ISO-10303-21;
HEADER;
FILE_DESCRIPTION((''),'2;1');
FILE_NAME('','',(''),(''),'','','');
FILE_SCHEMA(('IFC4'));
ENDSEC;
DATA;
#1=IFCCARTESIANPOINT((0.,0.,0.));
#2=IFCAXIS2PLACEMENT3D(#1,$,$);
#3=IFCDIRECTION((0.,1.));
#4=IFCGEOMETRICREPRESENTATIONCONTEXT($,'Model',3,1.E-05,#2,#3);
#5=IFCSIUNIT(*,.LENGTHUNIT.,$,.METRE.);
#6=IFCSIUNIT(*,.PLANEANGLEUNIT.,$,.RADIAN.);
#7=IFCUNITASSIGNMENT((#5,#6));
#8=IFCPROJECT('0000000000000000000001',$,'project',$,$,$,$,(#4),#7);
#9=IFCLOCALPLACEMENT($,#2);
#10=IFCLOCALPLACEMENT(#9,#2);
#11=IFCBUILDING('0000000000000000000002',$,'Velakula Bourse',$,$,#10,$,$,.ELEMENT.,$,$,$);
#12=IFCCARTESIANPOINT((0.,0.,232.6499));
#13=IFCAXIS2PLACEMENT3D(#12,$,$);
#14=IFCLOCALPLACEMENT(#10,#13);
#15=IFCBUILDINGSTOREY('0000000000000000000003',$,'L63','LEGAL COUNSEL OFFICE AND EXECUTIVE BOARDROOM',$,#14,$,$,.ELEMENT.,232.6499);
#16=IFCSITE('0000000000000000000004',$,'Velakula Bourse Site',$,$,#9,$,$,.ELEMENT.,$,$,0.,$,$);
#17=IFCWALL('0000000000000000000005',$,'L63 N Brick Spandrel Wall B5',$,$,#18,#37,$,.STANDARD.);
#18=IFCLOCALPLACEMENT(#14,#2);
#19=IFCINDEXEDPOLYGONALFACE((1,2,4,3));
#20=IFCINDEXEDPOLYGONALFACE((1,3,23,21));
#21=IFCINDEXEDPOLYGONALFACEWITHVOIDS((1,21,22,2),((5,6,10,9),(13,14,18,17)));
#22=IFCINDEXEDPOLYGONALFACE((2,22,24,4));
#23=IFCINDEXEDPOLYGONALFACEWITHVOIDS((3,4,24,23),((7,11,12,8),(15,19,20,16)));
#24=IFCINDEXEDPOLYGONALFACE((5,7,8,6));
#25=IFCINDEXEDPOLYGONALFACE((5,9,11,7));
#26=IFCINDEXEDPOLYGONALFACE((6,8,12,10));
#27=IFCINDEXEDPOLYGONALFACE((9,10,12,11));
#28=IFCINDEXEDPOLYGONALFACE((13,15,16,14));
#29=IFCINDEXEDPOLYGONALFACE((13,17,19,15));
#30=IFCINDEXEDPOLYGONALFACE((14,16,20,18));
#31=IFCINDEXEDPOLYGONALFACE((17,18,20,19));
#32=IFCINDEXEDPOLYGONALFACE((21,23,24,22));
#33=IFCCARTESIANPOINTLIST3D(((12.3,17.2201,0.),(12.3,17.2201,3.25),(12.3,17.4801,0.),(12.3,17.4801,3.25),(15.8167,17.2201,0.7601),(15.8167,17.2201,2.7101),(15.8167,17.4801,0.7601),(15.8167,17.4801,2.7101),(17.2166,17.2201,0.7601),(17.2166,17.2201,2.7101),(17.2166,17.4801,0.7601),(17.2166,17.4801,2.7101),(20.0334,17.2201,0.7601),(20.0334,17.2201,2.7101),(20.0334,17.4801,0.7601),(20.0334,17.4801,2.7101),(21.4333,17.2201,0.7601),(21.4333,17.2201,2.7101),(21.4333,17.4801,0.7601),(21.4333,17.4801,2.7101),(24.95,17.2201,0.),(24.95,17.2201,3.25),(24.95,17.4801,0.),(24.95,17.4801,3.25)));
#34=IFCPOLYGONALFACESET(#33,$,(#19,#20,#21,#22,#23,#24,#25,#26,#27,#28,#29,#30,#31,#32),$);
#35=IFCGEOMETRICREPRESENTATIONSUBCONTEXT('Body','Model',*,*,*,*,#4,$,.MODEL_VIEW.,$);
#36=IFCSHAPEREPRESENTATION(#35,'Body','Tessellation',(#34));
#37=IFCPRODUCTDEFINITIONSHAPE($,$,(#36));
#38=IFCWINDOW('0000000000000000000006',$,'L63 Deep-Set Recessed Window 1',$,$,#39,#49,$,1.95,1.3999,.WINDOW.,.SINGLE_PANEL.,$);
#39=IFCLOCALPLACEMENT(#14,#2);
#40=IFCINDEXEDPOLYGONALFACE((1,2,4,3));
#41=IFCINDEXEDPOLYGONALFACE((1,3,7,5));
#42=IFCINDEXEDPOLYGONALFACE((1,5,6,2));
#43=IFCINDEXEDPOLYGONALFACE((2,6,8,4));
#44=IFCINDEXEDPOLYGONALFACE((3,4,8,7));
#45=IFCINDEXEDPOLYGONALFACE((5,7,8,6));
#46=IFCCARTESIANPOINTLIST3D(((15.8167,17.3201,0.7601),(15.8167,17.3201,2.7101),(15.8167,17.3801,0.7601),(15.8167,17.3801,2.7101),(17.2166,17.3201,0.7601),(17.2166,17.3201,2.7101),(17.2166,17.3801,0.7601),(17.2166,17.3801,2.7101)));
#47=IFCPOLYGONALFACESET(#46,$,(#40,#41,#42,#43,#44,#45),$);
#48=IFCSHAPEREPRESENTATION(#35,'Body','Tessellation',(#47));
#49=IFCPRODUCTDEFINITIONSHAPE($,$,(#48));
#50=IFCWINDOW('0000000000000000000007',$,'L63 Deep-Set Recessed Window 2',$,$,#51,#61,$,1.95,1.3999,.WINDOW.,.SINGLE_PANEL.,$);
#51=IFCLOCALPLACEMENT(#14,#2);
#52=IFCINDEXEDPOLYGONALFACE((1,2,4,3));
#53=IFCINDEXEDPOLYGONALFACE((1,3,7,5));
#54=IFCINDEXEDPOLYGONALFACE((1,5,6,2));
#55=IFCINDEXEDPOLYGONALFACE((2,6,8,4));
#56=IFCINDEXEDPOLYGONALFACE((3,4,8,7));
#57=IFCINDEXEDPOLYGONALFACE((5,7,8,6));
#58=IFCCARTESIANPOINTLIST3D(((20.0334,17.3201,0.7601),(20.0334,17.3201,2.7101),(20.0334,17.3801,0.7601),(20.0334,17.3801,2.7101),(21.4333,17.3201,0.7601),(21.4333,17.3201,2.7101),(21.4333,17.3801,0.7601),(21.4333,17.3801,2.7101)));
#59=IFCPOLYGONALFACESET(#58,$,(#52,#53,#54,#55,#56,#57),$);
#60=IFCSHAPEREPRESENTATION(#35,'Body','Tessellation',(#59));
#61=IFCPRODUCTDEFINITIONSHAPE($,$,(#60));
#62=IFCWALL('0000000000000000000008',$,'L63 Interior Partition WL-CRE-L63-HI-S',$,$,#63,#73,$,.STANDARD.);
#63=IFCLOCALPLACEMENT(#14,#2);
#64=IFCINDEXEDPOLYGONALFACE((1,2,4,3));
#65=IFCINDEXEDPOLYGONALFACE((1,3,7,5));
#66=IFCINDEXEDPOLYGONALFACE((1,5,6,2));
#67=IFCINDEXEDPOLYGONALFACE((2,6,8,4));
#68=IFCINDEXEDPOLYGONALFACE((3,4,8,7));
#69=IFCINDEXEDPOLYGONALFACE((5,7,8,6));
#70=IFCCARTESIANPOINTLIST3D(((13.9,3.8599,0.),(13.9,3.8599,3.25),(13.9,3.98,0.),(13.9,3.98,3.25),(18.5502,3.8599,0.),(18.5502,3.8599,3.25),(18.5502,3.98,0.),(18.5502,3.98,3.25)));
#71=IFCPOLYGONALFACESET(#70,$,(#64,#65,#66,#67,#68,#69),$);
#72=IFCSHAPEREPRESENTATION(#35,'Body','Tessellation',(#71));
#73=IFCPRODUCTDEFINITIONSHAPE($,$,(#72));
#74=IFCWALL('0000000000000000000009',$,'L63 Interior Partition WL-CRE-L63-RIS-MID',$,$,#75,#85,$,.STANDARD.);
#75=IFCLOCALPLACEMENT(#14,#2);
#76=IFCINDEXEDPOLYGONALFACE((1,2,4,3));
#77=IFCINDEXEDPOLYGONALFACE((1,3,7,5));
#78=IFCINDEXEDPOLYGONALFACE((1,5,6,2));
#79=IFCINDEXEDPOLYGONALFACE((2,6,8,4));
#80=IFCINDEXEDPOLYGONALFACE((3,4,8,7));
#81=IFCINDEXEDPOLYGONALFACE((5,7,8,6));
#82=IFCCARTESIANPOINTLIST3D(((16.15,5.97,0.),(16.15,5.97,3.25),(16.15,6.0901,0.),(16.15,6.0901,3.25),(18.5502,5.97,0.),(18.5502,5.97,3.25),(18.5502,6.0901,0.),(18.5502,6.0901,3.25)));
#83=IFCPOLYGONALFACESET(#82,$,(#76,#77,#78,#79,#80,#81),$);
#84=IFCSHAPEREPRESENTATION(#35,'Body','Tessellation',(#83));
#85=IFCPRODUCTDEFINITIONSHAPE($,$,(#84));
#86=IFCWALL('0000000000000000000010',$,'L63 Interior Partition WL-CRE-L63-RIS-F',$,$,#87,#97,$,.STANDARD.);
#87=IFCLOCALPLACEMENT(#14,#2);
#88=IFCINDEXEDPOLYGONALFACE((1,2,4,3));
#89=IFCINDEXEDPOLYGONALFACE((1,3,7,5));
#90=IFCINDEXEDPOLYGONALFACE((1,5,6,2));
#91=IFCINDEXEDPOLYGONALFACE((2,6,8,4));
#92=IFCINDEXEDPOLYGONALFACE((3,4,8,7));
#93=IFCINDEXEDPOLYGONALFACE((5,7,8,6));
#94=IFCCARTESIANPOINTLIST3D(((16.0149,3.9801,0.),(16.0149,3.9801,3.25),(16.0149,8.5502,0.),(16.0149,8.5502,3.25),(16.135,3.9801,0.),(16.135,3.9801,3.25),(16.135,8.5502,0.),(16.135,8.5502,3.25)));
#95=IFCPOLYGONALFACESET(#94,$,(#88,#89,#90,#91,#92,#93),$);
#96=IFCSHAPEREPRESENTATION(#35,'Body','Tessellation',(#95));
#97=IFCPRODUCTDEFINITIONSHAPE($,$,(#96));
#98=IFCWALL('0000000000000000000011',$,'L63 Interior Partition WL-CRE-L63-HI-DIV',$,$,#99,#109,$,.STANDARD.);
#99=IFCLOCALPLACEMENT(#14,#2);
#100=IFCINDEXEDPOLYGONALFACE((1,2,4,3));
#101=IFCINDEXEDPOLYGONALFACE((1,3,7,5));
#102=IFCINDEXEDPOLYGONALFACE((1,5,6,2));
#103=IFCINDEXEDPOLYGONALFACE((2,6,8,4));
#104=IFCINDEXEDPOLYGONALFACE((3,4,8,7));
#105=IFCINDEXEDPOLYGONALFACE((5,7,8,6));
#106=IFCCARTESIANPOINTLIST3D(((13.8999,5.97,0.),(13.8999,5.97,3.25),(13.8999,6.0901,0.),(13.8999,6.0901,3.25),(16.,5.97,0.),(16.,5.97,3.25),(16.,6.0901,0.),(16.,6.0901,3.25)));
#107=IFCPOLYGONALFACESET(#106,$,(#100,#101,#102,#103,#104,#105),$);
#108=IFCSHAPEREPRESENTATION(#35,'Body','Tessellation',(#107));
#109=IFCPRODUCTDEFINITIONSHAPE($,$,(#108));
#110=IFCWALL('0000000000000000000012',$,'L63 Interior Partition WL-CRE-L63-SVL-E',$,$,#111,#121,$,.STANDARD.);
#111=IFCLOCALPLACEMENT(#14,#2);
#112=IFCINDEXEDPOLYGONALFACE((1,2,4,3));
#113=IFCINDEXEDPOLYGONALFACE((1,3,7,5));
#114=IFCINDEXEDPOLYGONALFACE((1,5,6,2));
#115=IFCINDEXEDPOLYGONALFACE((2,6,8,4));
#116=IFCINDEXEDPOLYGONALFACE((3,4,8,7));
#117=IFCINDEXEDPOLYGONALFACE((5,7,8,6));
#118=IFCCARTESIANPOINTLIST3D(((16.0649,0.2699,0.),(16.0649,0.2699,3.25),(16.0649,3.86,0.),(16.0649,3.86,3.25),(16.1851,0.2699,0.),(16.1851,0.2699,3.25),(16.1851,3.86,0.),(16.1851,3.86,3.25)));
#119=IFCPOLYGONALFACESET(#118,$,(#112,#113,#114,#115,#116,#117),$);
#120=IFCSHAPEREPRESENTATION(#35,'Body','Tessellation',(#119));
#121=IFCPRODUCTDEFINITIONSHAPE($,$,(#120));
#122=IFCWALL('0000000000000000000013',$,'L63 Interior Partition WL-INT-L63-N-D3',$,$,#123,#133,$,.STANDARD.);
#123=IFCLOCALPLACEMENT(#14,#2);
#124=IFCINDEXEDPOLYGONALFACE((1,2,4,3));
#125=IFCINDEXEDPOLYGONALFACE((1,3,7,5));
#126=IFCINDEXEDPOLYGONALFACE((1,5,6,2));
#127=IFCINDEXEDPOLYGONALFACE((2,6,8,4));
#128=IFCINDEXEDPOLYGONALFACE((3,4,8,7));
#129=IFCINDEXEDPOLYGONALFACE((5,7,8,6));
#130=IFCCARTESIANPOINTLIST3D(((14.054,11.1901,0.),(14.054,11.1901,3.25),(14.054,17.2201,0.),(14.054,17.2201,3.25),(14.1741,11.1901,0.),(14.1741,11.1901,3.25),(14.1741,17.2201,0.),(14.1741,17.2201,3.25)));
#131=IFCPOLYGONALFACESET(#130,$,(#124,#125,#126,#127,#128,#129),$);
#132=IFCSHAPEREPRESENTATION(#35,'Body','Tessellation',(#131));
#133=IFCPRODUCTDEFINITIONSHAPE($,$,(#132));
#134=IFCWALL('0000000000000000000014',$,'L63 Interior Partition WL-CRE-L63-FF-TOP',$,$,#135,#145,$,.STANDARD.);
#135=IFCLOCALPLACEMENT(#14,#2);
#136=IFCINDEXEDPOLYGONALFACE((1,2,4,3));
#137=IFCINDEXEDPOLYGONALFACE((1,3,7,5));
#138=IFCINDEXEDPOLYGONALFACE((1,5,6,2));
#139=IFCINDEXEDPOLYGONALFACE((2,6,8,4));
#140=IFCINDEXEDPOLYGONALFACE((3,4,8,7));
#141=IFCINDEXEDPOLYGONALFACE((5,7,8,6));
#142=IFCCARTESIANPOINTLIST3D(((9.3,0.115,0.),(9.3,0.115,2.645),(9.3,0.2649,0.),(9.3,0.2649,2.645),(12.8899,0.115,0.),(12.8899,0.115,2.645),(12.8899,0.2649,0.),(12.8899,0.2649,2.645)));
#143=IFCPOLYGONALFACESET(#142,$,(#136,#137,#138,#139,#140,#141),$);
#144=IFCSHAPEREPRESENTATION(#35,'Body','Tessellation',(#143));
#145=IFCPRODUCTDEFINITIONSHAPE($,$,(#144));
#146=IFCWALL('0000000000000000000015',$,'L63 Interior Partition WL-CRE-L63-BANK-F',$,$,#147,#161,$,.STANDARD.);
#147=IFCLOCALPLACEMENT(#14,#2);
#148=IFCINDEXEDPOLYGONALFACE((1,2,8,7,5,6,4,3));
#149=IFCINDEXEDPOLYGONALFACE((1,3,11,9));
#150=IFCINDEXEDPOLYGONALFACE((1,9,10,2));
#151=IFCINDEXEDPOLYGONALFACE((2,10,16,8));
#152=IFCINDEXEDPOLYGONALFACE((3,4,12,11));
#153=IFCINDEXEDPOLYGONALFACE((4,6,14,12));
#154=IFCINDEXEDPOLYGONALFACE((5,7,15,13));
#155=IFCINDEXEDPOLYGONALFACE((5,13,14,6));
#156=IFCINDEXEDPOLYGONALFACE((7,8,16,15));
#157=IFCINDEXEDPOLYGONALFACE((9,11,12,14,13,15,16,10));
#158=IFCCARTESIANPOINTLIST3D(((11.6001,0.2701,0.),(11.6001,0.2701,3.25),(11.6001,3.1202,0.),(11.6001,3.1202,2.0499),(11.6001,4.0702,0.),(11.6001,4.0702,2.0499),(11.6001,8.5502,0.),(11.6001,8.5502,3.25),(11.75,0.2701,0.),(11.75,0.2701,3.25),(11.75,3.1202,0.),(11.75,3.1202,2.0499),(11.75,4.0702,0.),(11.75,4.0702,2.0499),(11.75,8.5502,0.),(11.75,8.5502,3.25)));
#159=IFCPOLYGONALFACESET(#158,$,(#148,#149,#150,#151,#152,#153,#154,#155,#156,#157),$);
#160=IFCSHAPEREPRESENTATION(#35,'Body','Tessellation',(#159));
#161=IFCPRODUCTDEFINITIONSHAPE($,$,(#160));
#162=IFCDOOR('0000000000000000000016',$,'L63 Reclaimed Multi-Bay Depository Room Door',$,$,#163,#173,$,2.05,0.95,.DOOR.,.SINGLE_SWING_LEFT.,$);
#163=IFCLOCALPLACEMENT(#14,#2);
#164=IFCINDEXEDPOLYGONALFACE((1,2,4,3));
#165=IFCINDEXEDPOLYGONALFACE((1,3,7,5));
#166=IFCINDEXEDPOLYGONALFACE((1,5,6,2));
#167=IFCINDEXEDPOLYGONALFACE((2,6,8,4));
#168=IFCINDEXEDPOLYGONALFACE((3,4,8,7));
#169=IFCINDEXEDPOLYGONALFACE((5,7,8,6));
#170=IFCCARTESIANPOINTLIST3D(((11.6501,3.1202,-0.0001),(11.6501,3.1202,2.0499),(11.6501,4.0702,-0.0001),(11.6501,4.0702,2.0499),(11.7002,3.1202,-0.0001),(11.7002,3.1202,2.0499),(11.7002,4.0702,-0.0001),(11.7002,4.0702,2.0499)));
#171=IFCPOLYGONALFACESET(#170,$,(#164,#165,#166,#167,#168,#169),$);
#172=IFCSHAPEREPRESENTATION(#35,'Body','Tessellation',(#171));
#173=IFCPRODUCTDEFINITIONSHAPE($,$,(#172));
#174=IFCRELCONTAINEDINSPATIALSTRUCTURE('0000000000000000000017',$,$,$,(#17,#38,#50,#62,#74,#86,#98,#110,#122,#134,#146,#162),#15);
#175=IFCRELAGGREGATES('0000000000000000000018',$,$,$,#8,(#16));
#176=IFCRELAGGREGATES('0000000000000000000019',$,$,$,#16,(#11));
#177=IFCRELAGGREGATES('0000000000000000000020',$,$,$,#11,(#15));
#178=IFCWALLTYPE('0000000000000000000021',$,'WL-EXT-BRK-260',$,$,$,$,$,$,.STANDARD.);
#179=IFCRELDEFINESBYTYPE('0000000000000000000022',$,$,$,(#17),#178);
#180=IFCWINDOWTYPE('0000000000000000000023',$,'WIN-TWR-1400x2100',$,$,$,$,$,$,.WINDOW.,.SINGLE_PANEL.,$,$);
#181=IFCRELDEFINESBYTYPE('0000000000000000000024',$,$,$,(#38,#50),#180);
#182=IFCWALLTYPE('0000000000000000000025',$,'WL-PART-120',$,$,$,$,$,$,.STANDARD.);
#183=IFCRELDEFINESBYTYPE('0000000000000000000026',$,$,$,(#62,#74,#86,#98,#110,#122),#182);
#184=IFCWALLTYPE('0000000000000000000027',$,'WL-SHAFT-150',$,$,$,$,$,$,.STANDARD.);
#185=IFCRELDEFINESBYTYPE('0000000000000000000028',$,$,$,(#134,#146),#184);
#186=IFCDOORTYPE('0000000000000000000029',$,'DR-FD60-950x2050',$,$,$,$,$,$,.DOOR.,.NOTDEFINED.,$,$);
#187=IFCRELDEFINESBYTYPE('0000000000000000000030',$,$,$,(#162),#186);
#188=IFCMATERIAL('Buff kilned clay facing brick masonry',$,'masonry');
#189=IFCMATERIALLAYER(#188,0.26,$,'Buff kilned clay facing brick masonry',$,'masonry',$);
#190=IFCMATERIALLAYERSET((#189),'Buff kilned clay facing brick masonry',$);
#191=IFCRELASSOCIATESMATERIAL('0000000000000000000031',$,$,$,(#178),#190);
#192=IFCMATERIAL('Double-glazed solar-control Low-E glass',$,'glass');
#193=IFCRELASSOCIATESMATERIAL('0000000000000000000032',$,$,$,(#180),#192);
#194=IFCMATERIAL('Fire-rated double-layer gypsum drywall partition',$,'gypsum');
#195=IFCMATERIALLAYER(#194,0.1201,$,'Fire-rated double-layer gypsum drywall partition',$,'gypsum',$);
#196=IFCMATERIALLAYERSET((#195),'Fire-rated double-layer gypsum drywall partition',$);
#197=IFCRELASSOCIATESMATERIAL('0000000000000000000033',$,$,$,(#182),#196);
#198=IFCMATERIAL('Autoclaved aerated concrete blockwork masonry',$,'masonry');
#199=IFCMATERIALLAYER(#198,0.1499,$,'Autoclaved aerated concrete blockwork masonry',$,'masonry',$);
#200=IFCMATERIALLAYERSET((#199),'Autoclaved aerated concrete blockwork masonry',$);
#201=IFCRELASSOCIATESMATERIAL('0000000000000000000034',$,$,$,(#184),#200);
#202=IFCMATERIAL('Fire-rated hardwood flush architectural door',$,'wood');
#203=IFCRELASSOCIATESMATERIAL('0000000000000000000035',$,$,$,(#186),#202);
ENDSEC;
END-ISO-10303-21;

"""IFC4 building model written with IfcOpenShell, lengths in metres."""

from ifc_helpers import new_model, si_unit, direction, frame, frame_2d, origin, place, context, subcontext, project, spatial, rectangle, extrude, material, layer, layer_set, type_object, element, fill, save


model = new_model("IFC4")

# Units and contexts
model_context = context("Model", 3, precision=1e-05, world=origin(), true_north=direction((0.0, 1.0)))
body_context = subcontext(model_context, "Body", "Model", "MODEL_VIEW")
ifc_project = project(units=[si_unit("LENGTHUNIT", "METRE"), si_unit("PLANEANGLEUNIT", "RADIAN")], contexts=[model_context])

# Site, building, storey
site_placement = place(None, origin())
site = spatial("IfcSite", under=ifc_project, at=site_placement, Name="Velakula Bourse Site", CompositionType="ELEMENT", RefElevation=0.0)
building_placement = place(site_placement, origin())
building = spatial("IfcBuilding", under=site, at=building_placement, Name="Velakula Bourse", CompositionType="ELEMENT")
storey_placement = place(building_placement, frame((0.0, 0.0, 232.6499)))
storey = spatial("IfcBuildingStorey", under=building, at=storey_placement, Name="L63", Description="LEGAL COUNSEL OFFICE AND EXECUTIVE BOARDROOM", CompositionType="ELEMENT", Elevation=232.6499)

# Wall, openings, windows
ifc_material_1 = material(Name="Buff kilned clay facing brick masonry", Category="masonry")
ifc_layer_1 = layer(ifc_material_1, 0.26, Name="Buff kilned clay facing brick masonry", Category="masonry")
ifc_layer_set_1 = layer_set([ifc_layer_1], Name="Buff kilned clay facing brick masonry")
wall_type_1 = type_object("IfcWallType", Name="WL-EXT-BRK-260", PredefinedType="STANDARD", material=ifc_layer_set_1)
wall_1_placement = place(storey_placement, frame((12.3, 17.3501, 0.0), z_axis=(0.0, 0.0, 1.0), x_axis=(1.0, 0.0, 0.0)))
wall_1 = element("IfcWall", 1, at=wall_1_placement, inside=storey, type_object=wall_type_1, Name="L63 N Brick Spandrel Wall B5", PredefinedType="STANDARD", context=body_context, shape_type="SweptSolid", body=[
    extrude(rectangle(XDim=12.6499, YDim=0.26, at=frame_2d((6.325, 0.0))), origin(), (0.0, 0.0, 1.0), 3.25),
])
opening_1_placement = place(wall_1_placement, frame((3.5166, 0.0, 0.76)))
opening_1 = element("IfcOpeningElement", 2, at=opening_1_placement, cuts=wall_1, PredefinedType="OPENING", context=body_context, shape_type="SweptSolid", body=[
    extrude(rectangle(XDim=1.3999, YDim=1.95, at=frame_2d((0.7, 0.9751))), frame((0.0, 0.1399, 0.0), z_axis=(0.0, -1.0, 0.0), x_axis=(1.0, 0.0, 0.0)), (0.0, 0.0, 1.0), 0.28),
])
opening_2_placement = place(wall_1_placement, frame((7.7334, 0.0, 0.76)))
opening_2 = element("IfcOpeningElement", 3, at=opening_2_placement, cuts=wall_1, PredefinedType="OPENING", context=body_context, shape_type="SweptSolid", body=[
    extrude(rectangle(XDim=1.3999, YDim=1.95, at=frame_2d((0.7, 0.9751))), frame((0.0, 0.1399, 0.0), z_axis=(0.0, -1.0, 0.0), x_axis=(1.0, 0.0, 0.0)), (0.0, 0.0, 1.0), 0.28),
])
ifc_material_2 = material(Name="Double-glazed solar-control Low-E glass", Category="glass")
window_type = type_object("IfcWindowType", Name="WIN-TWR-1400x2100", PartitioningType="SINGLE_PANEL", PredefinedType="WINDOW", material=ifc_material_2)
window_1_placement = place(opening_1_placement, origin())
window_1 = element("IfcWindow", 4, at=window_1_placement, inside=storey, type_object=window_type, Name="L63 Deep-Set Recessed Window 1", OverallHeight=1.95, OverallWidth=1.3999, PartitioningType="SINGLE_PANEL", PredefinedType="WINDOW", context=body_context, shape_type="SweptSolid", body=[
    extrude(rectangle(XDim=1.3999, YDim=1.95, at=frame_2d((0.7, 0.9751))), frame((0.0, 0.03, 0.0), z_axis=(0.0, -1.0, 0.0), x_axis=(1.0, 0.0, 0.0)), (0.0, 0.0, 1.0), 0.0601),
])
fill(opening_1, window_1)
window_2_placement = place(opening_2_placement, origin())
window_2 = element("IfcWindow", 5, at=window_2_placement, inside=storey, type_object=window_type, Name="L63 Deep-Set Recessed Window 2", OverallHeight=1.95, OverallWidth=1.3999, PartitioningType="SINGLE_PANEL", PredefinedType="WINDOW", context=body_context, shape_type="SweptSolid", body=[
    extrude(rectangle(XDim=1.3999, YDim=1.95, at=frame_2d((0.7, 0.9751))), frame((0.0, 0.03, 0.0), z_axis=(0.0, -1.0, 0.0), x_axis=(1.0, 0.0, 0.0)), (0.0, 0.0, 1.0), 0.0601),
])
fill(opening_2, window_2)

# Walls
ifc_material_3 = material(Name="Fire-rated double-layer gypsum drywall partition", Category="gypsum")
ifc_layer_2 = layer(ifc_material_3, 0.1201, Name="Fire-rated double-layer gypsum drywall partition", Category="gypsum")
ifc_layer_set_2 = layer_set([ifc_layer_2], Name="Fire-rated double-layer gypsum drywall partition")
wall_type_2 = type_object("IfcWallType", Name="WL-PART-120", PredefinedType="STANDARD", material=ifc_layer_set_2)
wall_2_placement = place(storey_placement, frame((13.8999, 3.9199, 0.0), z_axis=(0.0, 0.0, 1.0), x_axis=(1.0, 0.0, 0.0)))
element("IfcWall", 6, at=wall_2_placement, inside=storey, type_object=wall_type_2, Name="L63 Interior Partition WL-CRE-L63-HI-S", PredefinedType="STANDARD", context=body_context, shape_type="SweptSolid", body=[
    extrude(rectangle(XDim=4.6501, YDim=0.1201, at=frame_2d((2.3252, 0.0))), origin(), (0.0, 0.0, 1.0), 3.25),
])
wall_3_placement = place(storey_placement, frame((16.1499, 6.03, 0.0), z_axis=(0.0, 0.0, 1.0), x_axis=(1.0, 0.0, 0.0)))
element("IfcWall", 7, at=wall_3_placement, inside=storey, type_object=wall_type_2, Name="L63 Interior Partition WL-CRE-L63-RIS-MID", PredefinedType="STANDARD", context=body_context, shape_type="SweptSolid", body=[
    extrude(rectangle(XDim=2.4001, YDim=0.1201, at=frame_2d((1.2002, 0.0))), origin(), (0.0, 0.0, 1.0), 3.25),
])
wall_4_placement = place(storey_placement, frame((16.075, 3.98, 0.0), z_axis=(0.0, 0.0, 1.0), x_axis=(0.0, 1.0, 0.0)))
element("IfcWall", 8, at=wall_4_placement, inside=storey, type_object=wall_type_2, Name="L63 Interior Partition WL-CRE-L63-RIS-F", PredefinedType="STANDARD", context=body_context, shape_type="SweptSolid", body=[
    extrude(rectangle(XDim=4.5701, YDim=0.1201, at=frame_2d((2.2852, 0.0))), origin(), (0.0, 0.0, 1.0), 3.25),
])
wall_5_placement = place(storey_placement, frame((13.8999, 6.03, 0.0), z_axis=(0.0, 0.0, 1.0), x_axis=(1.0, 0.0, 0.0)))
element("IfcWall", 9, at=wall_5_placement, inside=storey, type_object=wall_type_2, Name="L63 Interior Partition WL-CRE-L63-HI-DIV", PredefinedType="STANDARD", context=body_context, shape_type="SweptSolid", body=[
    extrude(rectangle(XDim=2.1001, YDim=0.1201, at=frame_2d((1.05, 0.0))), origin(), (0.0, 0.0, 1.0), 3.25),
])
wall_6_placement = place(storey_placement, frame((16.125, 0.27, 0.0), z_axis=(0.0, 0.0, 1.0), x_axis=(0.0, 1.0, 0.0)))
element("IfcWall", 10, at=wall_6_placement, inside=storey, type_object=wall_type_2, Name="L63 Interior Partition WL-CRE-L63-SVL-E", PredefinedType="STANDARD", context=body_context, shape_type="SweptSolid", body=[
    extrude(rectangle(XDim=3.5901, YDim=0.1201, at=frame_2d((1.7949, 0.0))), origin(), (0.0, 0.0, 1.0), 3.25),
])
wall_7_placement = place(storey_placement, frame((14.114, 11.1899, 0.0), z_axis=(0.0, 0.0, 1.0), x_axis=(0.0, 1.0, 0.0)))
element("IfcWall", 11, at=wall_7_placement, inside=storey, type_object=wall_type_2, Name="L63 Interior Partition WL-INT-L63-N-D3", PredefinedType="STANDARD", context=body_context, shape_type="SweptSolid", body=[
    extrude(rectangle(XDim=6.03, YDim=0.1201, at=frame_2d((3.0151, 0.0))), origin(), (0.0, 0.0, 1.0), 3.25),
])
ifc_material_4 = material(Name="Autoclaved aerated concrete blockwork masonry", Category="masonry")
ifc_layer_3 = layer(ifc_material_4, 0.1499, Name="Autoclaved aerated concrete blockwork masonry", Category="masonry")
ifc_layer_set_3 = layer_set([ifc_layer_3], Name="Autoclaved aerated concrete blockwork masonry")
wall_type_3 = type_object("IfcWallType", Name="WL-SHAFT-150", PredefinedType="STANDARD", material=ifc_layer_set_3)
wall_8_placement = place(storey_placement, frame((9.3, 0.1899, 0.0), z_axis=(0.0, 0.0, 1.0), x_axis=(1.0, 0.0, 0.0)))
element("IfcWall", 12, at=wall_8_placement, inside=storey, type_object=wall_type_3, Name="L63 Interior Partition WL-CRE-L63-FF-TOP", PredefinedType="STANDARD", context=body_context, shape_type="SweptSolid", body=[
    extrude(rectangle(XDim=3.5898, YDim=0.1499, at=frame_2d((1.7949, 0.0))), origin(), (0.0, 0.0, 1.0), 2.645),
])

# Wall, opening, door
wall_9_placement = place(storey_placement, frame((11.675, 0.27, 0.0), z_axis=(0.0, 0.0, 1.0), x_axis=(0.0, 1.0, 0.0)))
wall_9 = element("IfcWall", 13, at=wall_9_placement, inside=storey, type_object=wall_type_3, Name="L63 Interior Partition WL-CRE-L63-BANK-F", PredefinedType="STANDARD", context=body_context, shape_type="SweptSolid", body=[
    extrude(rectangle(XDim=8.28, YDim=0.1499, at=frame_2d((4.1401, 0.0))), origin(), (0.0, 0.0, 1.0), 3.25),
])
opening_3_placement = place(wall_9_placement, frame((2.8501, 0.0, 0.0)))
opening_3 = element("IfcOpeningElement", 14, at=opening_3_placement, cuts=wall_9, PredefinedType="OPENING", context=body_context, shape_type="SweptSolid", body=[
    extrude(rectangle(XDim=0.95, YDim=2.05, at=frame_2d((0.4751, 1.0249))), frame((0.0, 0.085, 0.0), z_axis=(0.0, -1.0, 0.0), x_axis=(1.0, 0.0, 0.0)), (0.0, 0.0, 1.0), 0.1699),
])
ifc_material_5 = material(Name="Fire-rated hardwood flush architectural door", Category="wood")
door_type_1 = type_object("IfcDoorType", Name="DR-FD60-950x2050", OperationType="NOTDEFINED", PredefinedType="DOOR", material=ifc_material_5)
door_1_placement = place(opening_3_placement, origin())
door_1 = element("IfcDoor", 15, at=door_1_placement, inside=storey, type_object=door_type_1, Name="L63 Reclaimed Multi-Bay Depository Room Door", OperationType="SINGLE_SWING_LEFT", OverallHeight=2.05, OverallWidth=0.95, PredefinedType="DOOR", context=body_context, shape_type="SweptSolid", body=[
    extrude(rectangle(XDim=0.95, YDim=2.05, at=frame_2d((0.4751, 1.0249))), frame((0.0, 0.0249, 0.0), z_axis=(0.0, -1.0, 0.0), x_axis=(1.0, 0.0, 0.0)), (0.0, 0.0, 1.0), 0.05),
])
fill(opening_3, door_1)

save(model, "model.ifc")
